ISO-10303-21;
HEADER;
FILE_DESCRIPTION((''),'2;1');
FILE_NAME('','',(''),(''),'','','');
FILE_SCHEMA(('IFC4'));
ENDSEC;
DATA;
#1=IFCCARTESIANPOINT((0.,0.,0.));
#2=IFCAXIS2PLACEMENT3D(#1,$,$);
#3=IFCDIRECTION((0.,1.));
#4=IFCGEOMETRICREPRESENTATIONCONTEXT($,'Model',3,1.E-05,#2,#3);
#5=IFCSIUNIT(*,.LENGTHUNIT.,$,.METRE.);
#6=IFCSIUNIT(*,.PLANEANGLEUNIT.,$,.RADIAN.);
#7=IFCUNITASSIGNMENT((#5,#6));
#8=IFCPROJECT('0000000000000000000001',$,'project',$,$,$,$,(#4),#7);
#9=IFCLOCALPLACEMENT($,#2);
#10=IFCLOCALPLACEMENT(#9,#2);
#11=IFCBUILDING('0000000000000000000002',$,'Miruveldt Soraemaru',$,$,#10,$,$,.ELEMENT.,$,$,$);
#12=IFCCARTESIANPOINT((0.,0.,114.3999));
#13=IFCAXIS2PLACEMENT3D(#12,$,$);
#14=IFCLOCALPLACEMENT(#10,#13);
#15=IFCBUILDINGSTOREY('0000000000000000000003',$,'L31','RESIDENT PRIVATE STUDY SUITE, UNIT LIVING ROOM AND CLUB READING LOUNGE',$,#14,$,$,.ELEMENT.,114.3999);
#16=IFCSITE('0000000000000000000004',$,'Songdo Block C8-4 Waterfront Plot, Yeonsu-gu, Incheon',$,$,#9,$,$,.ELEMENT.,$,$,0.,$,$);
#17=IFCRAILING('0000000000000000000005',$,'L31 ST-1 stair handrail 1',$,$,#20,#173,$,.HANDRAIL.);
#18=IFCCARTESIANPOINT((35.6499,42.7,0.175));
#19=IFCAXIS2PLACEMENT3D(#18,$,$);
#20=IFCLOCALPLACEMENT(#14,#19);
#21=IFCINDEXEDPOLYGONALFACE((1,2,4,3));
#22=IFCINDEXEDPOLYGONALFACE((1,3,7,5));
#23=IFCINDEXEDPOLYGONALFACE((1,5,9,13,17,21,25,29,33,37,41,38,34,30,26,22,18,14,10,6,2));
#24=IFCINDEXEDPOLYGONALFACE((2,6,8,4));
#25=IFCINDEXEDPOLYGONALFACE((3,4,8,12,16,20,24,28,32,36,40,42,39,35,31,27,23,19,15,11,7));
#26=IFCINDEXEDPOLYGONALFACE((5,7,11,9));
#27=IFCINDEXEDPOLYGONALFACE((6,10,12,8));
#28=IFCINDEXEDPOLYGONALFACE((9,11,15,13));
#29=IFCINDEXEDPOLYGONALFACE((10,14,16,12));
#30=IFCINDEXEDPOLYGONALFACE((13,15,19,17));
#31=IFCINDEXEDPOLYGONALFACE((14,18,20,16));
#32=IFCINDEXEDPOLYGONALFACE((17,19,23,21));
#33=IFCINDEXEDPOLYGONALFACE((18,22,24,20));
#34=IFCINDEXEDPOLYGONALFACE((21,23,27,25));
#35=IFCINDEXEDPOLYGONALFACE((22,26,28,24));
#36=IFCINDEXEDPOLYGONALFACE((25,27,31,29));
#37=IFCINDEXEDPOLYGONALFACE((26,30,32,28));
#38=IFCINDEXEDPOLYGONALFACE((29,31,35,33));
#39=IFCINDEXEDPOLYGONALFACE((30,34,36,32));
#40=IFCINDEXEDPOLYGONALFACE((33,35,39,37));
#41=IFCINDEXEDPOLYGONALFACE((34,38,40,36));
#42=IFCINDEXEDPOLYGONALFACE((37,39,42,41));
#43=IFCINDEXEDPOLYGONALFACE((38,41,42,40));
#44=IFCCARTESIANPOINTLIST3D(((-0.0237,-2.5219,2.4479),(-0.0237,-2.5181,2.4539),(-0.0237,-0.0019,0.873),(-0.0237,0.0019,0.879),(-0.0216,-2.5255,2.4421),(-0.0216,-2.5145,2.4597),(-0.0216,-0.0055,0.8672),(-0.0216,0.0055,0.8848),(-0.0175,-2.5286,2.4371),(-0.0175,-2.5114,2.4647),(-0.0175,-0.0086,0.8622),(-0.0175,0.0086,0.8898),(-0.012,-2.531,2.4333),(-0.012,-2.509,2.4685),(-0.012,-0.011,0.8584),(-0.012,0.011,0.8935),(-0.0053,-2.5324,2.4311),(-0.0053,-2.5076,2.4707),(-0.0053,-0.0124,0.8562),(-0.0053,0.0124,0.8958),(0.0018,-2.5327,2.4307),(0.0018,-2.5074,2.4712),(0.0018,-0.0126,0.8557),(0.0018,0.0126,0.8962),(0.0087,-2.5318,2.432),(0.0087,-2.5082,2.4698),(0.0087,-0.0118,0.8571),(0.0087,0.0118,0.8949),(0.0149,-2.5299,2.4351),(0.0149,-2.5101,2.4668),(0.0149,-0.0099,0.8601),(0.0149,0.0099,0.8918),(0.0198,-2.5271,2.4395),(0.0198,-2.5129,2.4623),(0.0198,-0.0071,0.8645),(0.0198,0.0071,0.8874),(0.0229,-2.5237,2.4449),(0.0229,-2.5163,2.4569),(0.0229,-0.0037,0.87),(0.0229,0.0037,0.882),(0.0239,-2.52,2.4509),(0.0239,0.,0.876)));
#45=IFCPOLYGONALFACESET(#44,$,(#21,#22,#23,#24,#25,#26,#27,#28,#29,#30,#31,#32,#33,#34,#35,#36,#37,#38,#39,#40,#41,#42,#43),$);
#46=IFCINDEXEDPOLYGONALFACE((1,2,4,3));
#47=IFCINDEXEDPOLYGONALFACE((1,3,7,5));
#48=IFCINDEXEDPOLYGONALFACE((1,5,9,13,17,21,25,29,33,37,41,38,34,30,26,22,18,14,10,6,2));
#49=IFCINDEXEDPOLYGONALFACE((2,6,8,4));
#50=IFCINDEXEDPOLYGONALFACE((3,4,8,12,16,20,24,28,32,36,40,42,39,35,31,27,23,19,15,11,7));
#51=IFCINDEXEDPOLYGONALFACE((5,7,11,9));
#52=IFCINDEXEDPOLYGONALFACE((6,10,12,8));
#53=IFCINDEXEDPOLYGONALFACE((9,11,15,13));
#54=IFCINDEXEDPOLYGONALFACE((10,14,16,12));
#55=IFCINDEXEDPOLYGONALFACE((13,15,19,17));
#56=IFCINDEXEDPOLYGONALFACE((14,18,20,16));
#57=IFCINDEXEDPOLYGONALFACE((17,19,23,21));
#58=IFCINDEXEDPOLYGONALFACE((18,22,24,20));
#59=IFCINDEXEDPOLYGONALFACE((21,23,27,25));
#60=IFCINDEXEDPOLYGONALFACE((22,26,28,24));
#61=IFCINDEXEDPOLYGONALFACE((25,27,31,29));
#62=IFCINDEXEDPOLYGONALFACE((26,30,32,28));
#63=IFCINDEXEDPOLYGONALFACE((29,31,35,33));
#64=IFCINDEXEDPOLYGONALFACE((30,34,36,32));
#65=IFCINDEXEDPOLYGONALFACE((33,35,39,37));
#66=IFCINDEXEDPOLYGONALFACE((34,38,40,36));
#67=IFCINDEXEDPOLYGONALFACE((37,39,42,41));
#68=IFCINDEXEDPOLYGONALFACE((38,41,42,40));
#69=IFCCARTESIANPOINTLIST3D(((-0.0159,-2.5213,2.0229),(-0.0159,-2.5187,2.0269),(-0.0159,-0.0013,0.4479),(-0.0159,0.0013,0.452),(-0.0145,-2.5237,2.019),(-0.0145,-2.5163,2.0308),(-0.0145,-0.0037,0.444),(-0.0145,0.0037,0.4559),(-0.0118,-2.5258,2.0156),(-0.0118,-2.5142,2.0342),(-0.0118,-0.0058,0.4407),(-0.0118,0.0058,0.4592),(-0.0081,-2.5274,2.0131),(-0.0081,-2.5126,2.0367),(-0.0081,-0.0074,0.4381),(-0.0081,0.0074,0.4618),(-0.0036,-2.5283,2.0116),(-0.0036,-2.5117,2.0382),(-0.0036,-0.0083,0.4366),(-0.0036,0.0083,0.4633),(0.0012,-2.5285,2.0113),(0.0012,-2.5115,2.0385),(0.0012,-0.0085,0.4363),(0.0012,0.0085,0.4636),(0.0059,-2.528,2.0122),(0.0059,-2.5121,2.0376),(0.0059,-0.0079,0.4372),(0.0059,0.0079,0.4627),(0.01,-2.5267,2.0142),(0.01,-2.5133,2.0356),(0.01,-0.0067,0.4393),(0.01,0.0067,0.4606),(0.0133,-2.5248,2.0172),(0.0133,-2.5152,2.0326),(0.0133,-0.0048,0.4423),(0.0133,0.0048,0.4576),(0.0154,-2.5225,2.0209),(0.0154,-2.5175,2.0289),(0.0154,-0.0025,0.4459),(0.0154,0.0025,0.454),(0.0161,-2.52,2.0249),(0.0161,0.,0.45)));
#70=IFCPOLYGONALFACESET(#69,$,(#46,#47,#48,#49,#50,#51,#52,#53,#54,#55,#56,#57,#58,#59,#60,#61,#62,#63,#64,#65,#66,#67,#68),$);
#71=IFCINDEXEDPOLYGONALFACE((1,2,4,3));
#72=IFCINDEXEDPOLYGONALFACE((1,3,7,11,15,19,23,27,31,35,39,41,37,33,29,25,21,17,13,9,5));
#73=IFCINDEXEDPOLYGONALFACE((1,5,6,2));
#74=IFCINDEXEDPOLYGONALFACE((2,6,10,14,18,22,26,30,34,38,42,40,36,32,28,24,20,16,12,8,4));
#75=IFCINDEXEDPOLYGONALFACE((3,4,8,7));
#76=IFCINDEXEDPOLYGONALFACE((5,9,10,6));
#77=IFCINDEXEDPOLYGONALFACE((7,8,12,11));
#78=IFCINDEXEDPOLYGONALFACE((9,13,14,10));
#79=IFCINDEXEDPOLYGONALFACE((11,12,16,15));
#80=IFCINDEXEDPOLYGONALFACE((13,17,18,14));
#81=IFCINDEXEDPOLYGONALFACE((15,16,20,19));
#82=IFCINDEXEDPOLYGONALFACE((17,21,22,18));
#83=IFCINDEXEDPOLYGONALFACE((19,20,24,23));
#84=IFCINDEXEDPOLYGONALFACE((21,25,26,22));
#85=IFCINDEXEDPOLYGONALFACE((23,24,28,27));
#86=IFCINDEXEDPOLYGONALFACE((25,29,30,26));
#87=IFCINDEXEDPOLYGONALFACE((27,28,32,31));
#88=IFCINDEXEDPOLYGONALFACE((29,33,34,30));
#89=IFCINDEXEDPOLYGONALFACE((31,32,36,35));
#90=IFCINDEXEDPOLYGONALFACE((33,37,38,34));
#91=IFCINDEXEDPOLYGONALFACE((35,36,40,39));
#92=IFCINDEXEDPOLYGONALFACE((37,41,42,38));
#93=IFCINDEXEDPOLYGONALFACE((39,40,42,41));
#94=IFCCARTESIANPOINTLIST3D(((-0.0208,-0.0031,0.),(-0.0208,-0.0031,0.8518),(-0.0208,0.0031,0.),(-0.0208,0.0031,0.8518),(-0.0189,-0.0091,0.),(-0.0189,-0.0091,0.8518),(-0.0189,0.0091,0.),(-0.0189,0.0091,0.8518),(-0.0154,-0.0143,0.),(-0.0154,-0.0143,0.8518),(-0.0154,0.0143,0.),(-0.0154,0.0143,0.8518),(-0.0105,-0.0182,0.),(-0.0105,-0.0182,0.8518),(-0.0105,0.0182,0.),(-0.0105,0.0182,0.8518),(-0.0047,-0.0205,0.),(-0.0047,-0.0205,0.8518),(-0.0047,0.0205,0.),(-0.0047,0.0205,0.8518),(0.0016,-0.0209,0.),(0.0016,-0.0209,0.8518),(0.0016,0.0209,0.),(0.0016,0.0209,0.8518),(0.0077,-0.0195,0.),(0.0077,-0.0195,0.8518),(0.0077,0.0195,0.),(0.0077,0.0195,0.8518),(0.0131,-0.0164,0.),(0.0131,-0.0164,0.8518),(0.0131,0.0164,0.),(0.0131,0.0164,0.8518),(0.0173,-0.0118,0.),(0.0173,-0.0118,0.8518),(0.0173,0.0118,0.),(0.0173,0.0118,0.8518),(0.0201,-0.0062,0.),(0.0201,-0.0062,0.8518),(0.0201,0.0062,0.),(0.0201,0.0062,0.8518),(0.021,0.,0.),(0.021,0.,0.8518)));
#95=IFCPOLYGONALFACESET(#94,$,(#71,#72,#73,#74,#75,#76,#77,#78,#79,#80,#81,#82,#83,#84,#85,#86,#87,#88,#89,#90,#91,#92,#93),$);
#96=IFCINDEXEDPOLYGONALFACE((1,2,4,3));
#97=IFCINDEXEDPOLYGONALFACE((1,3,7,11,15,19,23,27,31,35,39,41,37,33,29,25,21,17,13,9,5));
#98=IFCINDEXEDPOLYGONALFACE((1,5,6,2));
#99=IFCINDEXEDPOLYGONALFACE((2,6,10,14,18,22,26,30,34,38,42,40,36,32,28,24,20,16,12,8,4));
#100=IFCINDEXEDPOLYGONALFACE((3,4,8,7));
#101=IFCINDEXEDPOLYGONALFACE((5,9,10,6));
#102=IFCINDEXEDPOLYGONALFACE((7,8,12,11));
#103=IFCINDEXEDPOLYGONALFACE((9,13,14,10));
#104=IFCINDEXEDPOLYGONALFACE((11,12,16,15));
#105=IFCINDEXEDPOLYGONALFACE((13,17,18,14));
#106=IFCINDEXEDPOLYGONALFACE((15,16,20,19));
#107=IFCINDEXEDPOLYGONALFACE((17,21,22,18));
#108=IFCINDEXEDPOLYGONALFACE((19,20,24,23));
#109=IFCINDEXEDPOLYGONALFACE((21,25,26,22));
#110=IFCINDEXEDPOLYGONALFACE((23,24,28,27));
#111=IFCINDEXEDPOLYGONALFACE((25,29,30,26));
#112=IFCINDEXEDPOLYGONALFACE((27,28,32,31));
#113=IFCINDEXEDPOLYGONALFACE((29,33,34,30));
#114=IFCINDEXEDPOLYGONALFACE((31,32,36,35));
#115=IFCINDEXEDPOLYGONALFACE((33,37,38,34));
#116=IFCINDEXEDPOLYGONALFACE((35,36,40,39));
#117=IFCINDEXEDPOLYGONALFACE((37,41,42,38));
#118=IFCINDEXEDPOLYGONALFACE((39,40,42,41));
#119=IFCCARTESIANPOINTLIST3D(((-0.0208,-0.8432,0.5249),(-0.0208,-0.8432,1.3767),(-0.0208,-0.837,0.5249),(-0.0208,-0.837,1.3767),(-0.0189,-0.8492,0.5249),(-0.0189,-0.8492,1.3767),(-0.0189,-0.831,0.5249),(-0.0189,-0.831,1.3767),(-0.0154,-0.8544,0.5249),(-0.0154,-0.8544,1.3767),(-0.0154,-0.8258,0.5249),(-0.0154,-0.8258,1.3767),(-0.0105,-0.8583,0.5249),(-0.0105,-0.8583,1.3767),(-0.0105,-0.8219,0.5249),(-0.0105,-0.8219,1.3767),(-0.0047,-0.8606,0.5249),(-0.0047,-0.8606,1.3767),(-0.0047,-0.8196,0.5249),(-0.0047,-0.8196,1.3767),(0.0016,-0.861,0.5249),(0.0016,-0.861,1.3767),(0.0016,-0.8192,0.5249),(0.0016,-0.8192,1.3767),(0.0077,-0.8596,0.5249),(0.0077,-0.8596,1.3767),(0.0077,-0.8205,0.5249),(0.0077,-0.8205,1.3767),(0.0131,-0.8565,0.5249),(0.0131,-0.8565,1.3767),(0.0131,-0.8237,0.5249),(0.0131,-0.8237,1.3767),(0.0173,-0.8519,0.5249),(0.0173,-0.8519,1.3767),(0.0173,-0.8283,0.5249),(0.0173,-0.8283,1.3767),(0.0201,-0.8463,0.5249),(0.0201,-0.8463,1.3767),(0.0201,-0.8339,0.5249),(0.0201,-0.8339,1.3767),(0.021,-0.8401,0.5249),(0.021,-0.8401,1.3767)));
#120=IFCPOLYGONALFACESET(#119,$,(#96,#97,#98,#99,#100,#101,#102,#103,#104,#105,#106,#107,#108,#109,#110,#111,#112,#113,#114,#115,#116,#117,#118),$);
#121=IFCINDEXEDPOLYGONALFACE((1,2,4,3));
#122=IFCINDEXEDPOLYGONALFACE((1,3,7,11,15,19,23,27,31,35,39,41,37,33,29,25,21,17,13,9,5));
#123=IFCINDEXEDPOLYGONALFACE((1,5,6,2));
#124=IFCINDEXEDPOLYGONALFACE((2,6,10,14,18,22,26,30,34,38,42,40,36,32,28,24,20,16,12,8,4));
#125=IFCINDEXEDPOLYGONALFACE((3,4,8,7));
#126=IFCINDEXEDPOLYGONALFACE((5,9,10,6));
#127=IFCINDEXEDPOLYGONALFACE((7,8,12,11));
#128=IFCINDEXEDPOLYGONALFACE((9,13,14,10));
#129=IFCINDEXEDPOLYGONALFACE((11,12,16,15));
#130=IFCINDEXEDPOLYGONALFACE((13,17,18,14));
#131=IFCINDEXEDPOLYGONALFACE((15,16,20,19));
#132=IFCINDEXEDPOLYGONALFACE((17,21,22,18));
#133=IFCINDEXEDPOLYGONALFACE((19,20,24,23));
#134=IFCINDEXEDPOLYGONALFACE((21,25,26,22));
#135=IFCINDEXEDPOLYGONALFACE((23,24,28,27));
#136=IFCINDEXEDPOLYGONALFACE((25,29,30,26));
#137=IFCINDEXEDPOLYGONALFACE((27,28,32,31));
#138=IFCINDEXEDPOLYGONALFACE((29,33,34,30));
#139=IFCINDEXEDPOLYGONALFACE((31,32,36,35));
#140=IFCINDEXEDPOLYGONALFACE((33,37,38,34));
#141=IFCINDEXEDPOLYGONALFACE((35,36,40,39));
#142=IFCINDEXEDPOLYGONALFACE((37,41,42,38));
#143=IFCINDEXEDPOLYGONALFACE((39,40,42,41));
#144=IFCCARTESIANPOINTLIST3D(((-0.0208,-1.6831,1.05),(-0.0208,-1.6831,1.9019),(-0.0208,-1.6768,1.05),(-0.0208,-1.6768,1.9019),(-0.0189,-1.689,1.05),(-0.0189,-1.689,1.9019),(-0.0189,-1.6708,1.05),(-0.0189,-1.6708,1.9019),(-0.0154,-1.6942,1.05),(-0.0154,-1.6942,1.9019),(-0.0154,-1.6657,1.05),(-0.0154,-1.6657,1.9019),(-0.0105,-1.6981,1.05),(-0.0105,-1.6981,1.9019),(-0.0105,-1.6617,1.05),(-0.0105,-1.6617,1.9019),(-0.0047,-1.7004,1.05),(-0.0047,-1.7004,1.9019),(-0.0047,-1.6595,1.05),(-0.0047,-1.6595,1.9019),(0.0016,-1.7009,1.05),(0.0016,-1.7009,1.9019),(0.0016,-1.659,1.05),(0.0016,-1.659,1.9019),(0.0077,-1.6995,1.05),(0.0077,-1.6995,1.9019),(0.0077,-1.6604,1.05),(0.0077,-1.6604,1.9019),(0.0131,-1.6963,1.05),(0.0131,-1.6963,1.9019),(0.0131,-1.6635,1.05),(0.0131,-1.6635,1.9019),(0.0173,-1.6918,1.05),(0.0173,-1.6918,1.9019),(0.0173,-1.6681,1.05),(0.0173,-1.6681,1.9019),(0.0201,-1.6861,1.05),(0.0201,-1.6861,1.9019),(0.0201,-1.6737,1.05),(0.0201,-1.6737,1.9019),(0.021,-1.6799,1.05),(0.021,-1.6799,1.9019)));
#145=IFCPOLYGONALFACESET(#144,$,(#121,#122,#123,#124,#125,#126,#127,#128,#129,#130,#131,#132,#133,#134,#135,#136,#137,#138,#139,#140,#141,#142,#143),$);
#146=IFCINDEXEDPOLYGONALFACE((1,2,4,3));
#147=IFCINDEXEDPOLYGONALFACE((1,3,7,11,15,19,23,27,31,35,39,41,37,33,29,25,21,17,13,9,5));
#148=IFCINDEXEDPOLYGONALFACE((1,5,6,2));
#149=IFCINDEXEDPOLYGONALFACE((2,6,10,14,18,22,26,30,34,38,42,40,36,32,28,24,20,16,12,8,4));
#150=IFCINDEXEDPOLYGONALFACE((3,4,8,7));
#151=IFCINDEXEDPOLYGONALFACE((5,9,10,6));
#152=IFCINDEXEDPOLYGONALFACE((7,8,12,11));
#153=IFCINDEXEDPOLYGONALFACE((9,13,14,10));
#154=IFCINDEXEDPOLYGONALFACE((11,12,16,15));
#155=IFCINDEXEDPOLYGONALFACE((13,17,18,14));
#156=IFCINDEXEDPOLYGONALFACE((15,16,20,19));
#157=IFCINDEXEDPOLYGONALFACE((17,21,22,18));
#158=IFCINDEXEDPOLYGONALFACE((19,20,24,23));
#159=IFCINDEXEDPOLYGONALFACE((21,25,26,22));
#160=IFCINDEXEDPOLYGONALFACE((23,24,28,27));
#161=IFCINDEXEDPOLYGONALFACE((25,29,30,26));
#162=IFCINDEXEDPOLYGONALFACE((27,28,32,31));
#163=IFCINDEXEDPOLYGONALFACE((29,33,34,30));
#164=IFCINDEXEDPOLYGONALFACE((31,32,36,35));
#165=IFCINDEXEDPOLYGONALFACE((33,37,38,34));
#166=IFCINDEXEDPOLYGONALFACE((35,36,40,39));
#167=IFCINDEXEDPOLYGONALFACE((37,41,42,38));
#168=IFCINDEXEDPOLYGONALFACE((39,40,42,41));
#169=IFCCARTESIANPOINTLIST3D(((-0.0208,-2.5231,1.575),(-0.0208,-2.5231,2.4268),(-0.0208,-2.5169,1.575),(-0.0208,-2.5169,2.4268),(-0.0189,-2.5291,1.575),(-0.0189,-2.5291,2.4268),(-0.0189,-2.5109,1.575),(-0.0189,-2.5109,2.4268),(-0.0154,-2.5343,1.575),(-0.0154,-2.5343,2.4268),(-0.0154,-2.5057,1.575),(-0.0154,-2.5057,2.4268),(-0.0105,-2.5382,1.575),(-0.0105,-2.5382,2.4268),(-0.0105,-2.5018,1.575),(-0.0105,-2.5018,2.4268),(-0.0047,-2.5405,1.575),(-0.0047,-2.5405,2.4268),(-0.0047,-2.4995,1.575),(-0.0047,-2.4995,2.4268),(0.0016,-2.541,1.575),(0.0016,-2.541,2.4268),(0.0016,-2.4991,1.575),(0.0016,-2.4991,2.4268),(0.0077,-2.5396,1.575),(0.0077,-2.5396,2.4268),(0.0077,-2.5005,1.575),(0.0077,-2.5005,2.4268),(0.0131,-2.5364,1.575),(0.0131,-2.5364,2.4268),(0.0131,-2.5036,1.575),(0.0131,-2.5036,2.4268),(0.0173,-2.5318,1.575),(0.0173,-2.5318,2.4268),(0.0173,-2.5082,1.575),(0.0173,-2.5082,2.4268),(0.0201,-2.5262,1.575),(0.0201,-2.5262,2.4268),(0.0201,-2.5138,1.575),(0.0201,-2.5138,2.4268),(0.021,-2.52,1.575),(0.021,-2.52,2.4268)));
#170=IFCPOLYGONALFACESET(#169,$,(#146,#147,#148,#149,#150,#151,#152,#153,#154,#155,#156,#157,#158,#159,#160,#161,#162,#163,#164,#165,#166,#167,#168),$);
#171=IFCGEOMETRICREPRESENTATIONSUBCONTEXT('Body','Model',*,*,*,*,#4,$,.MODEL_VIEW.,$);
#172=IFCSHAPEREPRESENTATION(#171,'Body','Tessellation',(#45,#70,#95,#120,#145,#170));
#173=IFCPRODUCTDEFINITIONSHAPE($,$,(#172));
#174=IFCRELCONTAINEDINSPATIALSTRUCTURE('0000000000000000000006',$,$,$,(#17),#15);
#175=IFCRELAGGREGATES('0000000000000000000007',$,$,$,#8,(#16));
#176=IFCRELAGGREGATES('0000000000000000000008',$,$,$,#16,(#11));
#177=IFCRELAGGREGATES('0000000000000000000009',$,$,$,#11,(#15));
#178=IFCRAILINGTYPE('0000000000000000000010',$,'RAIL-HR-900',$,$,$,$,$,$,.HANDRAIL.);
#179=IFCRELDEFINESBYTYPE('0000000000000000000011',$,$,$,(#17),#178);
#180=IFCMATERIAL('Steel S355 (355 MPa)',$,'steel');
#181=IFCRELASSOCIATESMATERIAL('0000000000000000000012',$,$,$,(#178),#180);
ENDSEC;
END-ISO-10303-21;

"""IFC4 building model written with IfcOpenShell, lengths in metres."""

from ifc_helpers import new_model, si_unit, direction, frame, origin, origin_2d, place, context, subcontext, project, spatial, circle, extrude, material, type_object, element, save


model = new_model("IFC4")

# Units and contexts
model_context = context("Model", 3, precision=1e-05, world=origin(), true_north=direction((0.0, 1.0)))
body_context = subcontext(model_context, "Body", "Model", "MODEL_VIEW")
ifc_project = project(units=[si_unit("LENGTHUNIT", "METRE"), si_unit("PLANEANGLEUNIT", "RADIAN")], contexts=[model_context])

# Site, building, storey
site_placement = place(None, origin())
site = spatial("IfcSite", under=ifc_project, at=site_placement, Name="Songdo Block C8-4 Waterfront Plot, Yeonsu-gu, Incheon", CompositionType="ELEMENT", RefElevation=0.0)
building_placement = place(site_placement, origin())
building = spatial("IfcBuilding", under=site, at=building_placement, Name="Miruveldt Soraemaru", CompositionType="ELEMENT")
storey_placement = place(building_placement, frame((0.0, 0.0, 114.3999)))
storey = spatial("IfcBuildingStorey", under=building, at=storey_placement, Name="L31", Description="RESIDENT PRIVATE STUDY SUITE, UNIT LIVING ROOM AND CLUB READING LOUNGE", CompositionType="ELEMENT", Elevation=114.3999)

# Railing
ifc_material_1 = material(Name="Steel S355 (355 MPa)", Category="steel")
railing_type_1 = type_object("IfcRailingType", Name="RAIL-HR-900", PredefinedType="HANDRAIL", material=ifc_material_1)
railing_1_placement = place(storey_placement, frame((35.6499, 42.7, 0.175)))
element("IfcRailing", 1, at=railing_1_placement, inside=storey, type_object=railing_type_1, Name="L31 ST-1 stair handrail 1", PredefinedType="HANDRAIL", context=body_context, shape_type="SweptSolid", body=[
    extrude(circle(Radius=0.0239, at=origin_2d()), frame((0.0, 0.0, 0.876), z_axis=(0.0, -0.848008, 0.529984), x_axis=(1.0, 0.0, 0.0)), (0.0, 0.0, 1.0), 2.9717),
    extrude(circle(Radius=0.0161, at=origin_2d()), frame((0.0, 0.0, 0.45), z_axis=(0.0, -0.848008, 0.529984), x_axis=(1.0, 0.0, 0.0)), (0.0, 0.0, 1.0), 2.9717),
    extrude(circle(Radius=0.021, at=origin_2d()), origin(), (0.0, 0.0, 1.0), 0.8518),
    extrude(circle(Radius=0.021, at=origin_2d()), frame((0.0, -0.8401, 0.5249)), (0.0, 0.0, 1.0), 0.8518),
    extrude(circle(Radius=0.021, at=origin_2d()), frame((0.0, -1.6799, 1.05)), (0.0, 0.0, 1.0), 0.8518),
    extrude(circle(Radius=0.021, at=origin_2d()), frame((0.0, -2.52, 1.575)), (0.0, 0.0, 1.0), 0.8518),
])

save(model, "model.ifc")
